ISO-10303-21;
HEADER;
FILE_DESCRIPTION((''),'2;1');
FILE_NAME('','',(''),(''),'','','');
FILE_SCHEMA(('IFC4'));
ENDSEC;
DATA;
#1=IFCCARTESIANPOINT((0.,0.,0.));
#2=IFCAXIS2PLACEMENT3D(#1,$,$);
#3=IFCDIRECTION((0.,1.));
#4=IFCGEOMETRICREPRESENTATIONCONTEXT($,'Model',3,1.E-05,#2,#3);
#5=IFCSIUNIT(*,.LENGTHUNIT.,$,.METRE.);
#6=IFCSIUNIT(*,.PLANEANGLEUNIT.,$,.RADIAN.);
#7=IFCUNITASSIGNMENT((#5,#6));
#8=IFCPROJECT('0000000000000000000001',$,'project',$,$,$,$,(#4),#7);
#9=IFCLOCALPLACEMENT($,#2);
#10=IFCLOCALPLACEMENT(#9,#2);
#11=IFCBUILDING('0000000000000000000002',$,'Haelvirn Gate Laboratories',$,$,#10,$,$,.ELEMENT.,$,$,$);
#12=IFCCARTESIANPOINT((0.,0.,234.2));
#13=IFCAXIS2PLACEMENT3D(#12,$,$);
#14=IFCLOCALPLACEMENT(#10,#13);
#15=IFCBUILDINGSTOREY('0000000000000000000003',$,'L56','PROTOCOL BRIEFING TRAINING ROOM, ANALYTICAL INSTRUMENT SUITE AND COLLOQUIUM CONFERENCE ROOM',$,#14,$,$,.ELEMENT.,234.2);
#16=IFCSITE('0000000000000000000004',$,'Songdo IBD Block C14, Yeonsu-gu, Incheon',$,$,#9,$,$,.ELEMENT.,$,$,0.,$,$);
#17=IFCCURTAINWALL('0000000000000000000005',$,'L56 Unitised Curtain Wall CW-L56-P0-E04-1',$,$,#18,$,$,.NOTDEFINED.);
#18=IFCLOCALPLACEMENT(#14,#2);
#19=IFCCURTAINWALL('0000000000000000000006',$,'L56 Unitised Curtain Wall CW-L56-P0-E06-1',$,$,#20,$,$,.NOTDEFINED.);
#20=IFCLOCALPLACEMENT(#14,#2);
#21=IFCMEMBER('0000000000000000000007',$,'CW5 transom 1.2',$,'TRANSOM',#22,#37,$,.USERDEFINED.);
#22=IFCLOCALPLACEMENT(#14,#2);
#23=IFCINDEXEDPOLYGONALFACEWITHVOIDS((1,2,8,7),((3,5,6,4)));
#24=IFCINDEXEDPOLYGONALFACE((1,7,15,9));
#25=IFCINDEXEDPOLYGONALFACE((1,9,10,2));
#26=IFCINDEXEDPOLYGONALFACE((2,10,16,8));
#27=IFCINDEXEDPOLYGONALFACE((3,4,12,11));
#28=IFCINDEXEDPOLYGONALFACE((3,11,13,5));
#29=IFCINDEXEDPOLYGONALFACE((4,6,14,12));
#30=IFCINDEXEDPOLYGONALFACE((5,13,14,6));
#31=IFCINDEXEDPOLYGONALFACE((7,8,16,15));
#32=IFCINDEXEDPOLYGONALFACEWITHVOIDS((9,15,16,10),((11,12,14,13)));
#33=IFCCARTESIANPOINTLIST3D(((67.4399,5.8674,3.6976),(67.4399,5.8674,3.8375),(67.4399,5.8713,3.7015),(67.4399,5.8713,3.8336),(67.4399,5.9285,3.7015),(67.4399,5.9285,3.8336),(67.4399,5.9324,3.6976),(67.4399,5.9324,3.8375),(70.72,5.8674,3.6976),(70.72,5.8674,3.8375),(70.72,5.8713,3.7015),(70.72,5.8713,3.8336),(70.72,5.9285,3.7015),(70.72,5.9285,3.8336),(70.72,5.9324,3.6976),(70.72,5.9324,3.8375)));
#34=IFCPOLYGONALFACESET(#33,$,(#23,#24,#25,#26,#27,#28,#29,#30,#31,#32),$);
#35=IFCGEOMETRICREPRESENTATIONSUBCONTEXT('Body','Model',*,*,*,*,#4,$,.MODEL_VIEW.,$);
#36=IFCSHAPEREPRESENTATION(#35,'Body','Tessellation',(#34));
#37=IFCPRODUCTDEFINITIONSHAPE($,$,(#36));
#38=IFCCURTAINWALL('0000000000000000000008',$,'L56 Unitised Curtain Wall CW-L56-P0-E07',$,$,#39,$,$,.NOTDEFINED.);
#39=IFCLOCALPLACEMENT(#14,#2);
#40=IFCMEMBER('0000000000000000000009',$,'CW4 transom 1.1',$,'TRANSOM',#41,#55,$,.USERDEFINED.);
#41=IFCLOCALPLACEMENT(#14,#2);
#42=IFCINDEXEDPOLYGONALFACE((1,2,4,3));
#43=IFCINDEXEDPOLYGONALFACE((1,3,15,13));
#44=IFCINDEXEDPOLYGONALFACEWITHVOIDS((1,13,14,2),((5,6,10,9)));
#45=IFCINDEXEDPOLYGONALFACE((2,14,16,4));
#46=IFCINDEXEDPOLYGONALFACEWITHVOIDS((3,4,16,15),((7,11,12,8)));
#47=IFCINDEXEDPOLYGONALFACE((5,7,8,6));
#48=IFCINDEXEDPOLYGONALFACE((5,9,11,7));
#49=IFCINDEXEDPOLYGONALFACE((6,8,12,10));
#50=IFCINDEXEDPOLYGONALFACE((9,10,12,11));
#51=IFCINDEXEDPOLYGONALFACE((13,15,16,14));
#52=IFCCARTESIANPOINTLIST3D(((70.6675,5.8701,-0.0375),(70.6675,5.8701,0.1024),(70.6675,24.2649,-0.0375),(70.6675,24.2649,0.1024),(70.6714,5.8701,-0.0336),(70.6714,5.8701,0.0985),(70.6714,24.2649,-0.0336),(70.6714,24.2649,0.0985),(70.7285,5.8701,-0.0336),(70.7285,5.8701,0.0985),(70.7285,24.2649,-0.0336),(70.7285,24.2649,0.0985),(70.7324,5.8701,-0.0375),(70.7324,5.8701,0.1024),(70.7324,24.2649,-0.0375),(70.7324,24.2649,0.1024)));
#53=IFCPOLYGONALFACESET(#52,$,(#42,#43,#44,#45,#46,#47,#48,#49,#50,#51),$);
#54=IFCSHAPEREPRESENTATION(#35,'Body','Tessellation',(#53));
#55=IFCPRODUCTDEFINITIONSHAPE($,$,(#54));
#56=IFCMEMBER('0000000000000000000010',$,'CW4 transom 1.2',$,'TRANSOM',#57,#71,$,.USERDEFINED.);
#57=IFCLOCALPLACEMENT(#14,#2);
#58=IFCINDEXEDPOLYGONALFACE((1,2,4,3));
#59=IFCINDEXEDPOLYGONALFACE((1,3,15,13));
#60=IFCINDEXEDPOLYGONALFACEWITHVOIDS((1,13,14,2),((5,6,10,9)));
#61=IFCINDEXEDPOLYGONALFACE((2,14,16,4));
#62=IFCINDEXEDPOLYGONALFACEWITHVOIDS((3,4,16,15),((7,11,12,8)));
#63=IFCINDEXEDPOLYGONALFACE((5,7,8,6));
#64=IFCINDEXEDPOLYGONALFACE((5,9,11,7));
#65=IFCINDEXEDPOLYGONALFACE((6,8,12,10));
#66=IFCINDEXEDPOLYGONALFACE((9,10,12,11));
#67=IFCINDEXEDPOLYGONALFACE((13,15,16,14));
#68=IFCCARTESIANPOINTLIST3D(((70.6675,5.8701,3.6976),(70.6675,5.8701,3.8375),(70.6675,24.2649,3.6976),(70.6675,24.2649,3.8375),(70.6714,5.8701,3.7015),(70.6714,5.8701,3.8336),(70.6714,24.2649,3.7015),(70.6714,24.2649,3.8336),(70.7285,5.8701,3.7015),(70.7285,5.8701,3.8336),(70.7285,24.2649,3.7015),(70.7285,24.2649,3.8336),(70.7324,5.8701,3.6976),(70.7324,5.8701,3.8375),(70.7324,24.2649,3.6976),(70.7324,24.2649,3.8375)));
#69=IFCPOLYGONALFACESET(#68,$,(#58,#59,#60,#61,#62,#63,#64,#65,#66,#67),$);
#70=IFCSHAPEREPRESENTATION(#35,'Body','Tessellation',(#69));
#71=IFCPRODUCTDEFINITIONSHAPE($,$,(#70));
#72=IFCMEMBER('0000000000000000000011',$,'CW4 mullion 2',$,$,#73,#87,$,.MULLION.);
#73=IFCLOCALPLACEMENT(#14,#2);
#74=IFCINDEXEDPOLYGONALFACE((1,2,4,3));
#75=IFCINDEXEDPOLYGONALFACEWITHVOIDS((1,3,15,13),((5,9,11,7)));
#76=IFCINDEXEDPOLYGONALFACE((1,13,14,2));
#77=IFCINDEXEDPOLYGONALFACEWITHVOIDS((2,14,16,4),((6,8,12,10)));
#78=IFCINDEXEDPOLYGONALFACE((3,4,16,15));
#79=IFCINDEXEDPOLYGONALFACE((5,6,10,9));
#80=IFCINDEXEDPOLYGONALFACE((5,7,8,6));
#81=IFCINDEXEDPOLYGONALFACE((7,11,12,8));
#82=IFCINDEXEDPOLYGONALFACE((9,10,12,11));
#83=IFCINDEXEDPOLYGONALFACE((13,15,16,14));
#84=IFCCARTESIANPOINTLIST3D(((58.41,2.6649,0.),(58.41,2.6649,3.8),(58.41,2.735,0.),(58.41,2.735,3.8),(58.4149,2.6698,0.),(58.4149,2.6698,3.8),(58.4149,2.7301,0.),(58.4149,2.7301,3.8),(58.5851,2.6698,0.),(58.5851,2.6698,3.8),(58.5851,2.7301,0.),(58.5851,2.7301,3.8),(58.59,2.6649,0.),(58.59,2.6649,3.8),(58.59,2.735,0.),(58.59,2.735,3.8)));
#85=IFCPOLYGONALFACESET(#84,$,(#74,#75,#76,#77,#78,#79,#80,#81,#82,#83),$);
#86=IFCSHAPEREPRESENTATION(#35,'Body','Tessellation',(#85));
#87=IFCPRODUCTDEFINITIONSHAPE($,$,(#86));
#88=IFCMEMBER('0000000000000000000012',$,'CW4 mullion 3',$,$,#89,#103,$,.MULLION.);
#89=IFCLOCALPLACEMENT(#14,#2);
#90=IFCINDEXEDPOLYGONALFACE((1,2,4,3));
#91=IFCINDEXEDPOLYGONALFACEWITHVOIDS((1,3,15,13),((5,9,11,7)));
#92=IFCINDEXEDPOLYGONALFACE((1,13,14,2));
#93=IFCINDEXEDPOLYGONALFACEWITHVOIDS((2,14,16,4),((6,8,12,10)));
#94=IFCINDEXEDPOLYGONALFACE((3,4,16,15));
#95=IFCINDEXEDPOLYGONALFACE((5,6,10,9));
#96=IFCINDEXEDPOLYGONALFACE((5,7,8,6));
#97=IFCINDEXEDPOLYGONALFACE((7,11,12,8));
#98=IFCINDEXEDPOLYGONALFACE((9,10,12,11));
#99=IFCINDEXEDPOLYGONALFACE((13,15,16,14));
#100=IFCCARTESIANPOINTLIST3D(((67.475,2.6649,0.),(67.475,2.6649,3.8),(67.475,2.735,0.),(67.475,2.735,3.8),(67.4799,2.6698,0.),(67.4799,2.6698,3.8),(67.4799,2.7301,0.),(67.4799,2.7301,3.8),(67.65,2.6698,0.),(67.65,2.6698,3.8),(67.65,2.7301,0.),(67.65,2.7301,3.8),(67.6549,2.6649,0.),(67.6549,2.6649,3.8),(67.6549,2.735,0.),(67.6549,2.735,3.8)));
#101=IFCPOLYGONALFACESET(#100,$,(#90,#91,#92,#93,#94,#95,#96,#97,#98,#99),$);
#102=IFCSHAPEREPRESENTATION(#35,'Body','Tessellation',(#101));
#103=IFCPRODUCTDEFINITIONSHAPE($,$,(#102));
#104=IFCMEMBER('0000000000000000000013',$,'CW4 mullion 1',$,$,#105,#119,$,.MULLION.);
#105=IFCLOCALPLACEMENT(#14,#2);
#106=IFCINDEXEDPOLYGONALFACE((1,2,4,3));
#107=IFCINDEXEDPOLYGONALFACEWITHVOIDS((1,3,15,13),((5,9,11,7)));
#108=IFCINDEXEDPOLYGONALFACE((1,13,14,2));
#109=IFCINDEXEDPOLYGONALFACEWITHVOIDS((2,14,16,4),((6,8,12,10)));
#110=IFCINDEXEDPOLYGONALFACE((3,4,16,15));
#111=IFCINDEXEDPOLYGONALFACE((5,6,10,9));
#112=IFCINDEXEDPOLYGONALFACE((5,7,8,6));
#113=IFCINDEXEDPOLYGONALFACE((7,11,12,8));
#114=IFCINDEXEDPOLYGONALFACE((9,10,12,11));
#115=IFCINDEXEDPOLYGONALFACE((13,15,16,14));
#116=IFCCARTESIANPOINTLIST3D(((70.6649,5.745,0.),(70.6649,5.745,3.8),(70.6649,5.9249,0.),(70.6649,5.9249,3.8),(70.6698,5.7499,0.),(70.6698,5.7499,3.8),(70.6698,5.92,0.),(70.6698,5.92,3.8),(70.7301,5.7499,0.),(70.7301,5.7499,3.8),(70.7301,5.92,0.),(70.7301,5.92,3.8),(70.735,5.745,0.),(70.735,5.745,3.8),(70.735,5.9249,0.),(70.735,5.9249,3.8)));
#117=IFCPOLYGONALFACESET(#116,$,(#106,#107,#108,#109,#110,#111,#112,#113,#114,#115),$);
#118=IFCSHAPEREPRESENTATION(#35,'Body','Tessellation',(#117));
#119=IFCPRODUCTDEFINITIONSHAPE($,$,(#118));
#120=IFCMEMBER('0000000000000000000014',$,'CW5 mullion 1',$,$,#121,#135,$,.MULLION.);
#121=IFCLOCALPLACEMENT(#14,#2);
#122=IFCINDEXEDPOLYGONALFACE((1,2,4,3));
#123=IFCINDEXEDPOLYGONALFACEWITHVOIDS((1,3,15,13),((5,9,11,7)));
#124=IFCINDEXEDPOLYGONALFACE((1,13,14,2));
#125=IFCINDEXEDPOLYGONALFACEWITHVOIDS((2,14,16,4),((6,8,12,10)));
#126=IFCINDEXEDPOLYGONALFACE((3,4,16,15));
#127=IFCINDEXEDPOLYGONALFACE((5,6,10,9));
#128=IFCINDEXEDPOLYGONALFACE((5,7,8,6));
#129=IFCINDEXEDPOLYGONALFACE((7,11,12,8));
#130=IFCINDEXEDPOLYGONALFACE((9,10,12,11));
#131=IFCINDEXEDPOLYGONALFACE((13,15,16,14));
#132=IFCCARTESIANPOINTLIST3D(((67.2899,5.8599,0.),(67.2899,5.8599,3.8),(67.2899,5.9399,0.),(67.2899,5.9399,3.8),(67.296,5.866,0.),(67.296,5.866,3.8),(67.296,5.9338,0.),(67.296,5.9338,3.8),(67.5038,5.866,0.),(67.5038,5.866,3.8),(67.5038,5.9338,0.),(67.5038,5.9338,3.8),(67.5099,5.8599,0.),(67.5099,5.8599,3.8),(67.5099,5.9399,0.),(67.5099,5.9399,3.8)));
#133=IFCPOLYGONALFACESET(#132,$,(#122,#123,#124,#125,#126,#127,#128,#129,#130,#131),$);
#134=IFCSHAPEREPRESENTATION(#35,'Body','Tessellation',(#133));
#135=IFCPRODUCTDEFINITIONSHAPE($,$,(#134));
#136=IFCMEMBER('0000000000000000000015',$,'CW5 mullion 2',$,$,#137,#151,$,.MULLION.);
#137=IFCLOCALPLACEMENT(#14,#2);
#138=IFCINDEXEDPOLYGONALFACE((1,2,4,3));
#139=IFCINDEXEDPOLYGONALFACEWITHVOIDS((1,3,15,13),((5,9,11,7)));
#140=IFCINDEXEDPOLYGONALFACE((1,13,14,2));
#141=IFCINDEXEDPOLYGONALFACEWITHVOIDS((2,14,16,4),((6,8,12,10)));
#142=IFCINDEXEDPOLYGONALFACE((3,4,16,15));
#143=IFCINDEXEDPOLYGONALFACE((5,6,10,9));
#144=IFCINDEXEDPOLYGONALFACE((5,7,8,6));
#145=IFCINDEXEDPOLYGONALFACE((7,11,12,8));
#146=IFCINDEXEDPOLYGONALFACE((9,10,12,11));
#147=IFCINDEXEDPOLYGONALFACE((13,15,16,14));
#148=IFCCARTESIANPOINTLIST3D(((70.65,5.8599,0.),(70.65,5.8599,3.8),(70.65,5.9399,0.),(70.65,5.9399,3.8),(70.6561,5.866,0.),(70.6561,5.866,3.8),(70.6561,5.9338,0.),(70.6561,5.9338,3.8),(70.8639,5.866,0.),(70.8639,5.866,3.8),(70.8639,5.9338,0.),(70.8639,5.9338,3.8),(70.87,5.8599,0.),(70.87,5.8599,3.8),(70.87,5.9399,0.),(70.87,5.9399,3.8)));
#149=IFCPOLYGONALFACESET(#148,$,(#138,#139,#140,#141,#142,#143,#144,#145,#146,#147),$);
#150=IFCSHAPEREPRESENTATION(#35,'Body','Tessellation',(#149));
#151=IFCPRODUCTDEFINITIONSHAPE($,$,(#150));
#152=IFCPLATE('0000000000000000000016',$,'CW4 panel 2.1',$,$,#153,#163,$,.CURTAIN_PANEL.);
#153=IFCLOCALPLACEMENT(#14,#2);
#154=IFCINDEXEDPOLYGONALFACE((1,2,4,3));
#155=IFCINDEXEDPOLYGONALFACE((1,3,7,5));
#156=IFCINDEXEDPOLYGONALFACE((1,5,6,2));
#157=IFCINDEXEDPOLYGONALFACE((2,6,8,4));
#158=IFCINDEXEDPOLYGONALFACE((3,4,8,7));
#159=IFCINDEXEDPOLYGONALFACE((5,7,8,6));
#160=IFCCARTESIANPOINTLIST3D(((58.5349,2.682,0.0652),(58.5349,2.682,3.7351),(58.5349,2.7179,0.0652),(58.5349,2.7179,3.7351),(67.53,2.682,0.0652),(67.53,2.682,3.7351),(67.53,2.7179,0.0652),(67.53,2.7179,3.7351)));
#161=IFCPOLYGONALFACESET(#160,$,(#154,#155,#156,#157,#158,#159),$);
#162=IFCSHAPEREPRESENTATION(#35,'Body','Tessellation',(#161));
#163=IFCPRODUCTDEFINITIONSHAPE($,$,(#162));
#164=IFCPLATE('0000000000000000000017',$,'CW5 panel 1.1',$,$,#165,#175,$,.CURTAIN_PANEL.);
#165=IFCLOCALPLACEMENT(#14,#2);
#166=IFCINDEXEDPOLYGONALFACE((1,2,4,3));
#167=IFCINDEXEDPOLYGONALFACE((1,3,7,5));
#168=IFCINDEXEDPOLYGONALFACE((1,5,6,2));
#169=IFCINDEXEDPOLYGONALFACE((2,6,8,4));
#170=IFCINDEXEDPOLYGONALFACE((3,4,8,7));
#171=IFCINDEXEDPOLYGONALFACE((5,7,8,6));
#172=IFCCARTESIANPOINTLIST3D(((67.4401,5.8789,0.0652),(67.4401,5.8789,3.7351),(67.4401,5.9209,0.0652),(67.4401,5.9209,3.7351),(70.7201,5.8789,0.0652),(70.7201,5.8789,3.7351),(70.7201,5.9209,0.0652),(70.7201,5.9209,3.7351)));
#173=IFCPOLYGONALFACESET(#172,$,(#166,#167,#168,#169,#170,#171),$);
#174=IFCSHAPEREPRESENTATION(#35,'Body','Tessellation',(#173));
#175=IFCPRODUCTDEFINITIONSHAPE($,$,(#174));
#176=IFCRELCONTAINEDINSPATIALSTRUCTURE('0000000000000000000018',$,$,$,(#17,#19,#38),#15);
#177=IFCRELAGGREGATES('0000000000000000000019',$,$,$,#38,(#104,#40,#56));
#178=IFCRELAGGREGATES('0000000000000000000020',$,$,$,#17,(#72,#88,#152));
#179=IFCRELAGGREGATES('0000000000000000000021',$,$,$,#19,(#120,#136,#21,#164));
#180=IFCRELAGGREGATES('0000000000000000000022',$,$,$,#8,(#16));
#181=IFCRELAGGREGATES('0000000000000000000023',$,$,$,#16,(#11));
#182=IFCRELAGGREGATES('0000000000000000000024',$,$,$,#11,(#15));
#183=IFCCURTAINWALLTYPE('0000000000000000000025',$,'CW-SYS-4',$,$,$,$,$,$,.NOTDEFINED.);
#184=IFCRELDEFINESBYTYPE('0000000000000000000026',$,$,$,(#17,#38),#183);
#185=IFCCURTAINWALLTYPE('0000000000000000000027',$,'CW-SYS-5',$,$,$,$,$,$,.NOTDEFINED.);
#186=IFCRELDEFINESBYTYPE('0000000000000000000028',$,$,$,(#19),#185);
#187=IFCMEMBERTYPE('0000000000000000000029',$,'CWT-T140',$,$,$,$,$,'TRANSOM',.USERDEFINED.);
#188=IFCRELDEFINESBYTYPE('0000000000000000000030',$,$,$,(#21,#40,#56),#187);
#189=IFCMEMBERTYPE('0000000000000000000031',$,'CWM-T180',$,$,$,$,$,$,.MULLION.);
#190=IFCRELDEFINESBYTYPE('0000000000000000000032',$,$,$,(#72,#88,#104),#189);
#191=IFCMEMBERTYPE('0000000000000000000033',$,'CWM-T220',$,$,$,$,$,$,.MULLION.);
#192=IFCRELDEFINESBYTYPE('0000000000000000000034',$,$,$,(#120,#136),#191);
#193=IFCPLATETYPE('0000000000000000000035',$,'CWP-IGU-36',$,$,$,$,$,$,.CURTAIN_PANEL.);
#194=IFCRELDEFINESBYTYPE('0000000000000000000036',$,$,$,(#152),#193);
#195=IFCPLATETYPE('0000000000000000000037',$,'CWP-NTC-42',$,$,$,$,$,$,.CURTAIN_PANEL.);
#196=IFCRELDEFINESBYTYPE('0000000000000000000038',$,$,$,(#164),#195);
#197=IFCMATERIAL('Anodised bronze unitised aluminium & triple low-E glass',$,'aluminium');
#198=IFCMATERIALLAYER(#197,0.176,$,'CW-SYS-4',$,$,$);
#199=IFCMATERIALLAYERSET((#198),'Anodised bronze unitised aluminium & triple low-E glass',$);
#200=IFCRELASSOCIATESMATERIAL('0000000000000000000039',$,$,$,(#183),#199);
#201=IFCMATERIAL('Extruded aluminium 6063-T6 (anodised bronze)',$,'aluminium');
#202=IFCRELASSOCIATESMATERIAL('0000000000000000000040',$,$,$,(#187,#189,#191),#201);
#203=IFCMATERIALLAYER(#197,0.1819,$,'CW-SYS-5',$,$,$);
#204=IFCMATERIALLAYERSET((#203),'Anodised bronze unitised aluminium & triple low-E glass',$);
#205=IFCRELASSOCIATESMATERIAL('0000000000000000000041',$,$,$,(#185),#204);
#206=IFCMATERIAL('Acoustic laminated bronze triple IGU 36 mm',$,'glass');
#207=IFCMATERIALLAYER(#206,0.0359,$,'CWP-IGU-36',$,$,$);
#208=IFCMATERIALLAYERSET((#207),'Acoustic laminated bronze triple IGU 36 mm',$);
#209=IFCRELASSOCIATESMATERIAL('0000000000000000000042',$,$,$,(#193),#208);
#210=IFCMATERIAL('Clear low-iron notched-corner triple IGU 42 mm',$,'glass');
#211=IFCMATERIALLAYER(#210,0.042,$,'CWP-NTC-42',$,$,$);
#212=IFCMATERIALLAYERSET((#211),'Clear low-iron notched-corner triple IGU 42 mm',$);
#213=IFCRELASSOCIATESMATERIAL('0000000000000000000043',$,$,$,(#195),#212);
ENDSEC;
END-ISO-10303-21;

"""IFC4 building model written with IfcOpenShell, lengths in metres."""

from ifc_helpers import new_model, si_unit, direction, frame, origin, origin_2d, place, context, subcontext, project, spatial, rectangle, hollow_rectangle, extrude, source, transform, mapped, material, layer, layer_set, material_profile, profile_set, type_object, type_shapes, element, aggregate, save


model = new_model("IFC4")

# Units and contexts
model_context = context("Model", 3, precision=1e-05, world=origin(), true_north=direction((0.0, 1.0)))
body_context = subcontext(model_context, "Body", "Model", "MODEL_VIEW")
ifc_project = project(units=[si_unit("LENGTHUNIT", "METRE"), si_unit("PLANEANGLEUNIT", "RADIAN")], contexts=[model_context])

# Site, building, storey
site_placement = place(None, origin())
site = spatial("IfcSite", under=ifc_project, at=site_placement, Name="Songdo IBD Block C14, Yeonsu-gu, Incheon", CompositionType="ELEMENT", RefElevation=0.0)
building_placement = place(site_placement, origin())
building = spatial("IfcBuilding", under=site, at=building_placement, Name="Haelvirn Gate Laboratories", CompositionType="ELEMENT")
storey_placement = place(building_placement, frame((0.0, 0.0, 234.2)))
storey = spatial("IfcBuildingStorey", under=building, at=storey_placement, Name="L56", Description="PROTOCOL BRIEFING TRAINING ROOM, ANALYTICAL INSTRUMENT SUITE AND COLLOQUIUM CONFERENCE ROOM", CompositionType="ELEMENT", Elevation=234.2)

# Curtain walls, members
ifc_material_1 = material(Name="Anodised bronze unitised aluminium & triple low-E glass", Category="aluminium")
ifc_layer_1 = layer(ifc_material_1, 0.176, Name="CW-SYS-4")
ifc_layer_set_1 = layer_set([ifc_layer_1], Name="Anodised bronze unitised aluminium & triple low-E glass")
curtain_wall_type_1 = type_object("IfcCurtainWallType", Name="CW-SYS-4", PredefinedType="NOTDEFINED", material=ifc_layer_set_1)
curtain_wall_1_placement = place(storey_placement, origin())
curtain_wall_1 = element("IfcCurtainWall", 1, at=curtain_wall_1_placement, inside=storey, type_object=curtain_wall_type_1, Name="L56 Unitised Curtain Wall CW-L56-P0-E04-1", PredefinedType="NOTDEFINED")
ifc_material_2 = material(Name="Extruded aluminium 6063-T6 (anodised bronze)", Category="aluminium")
ifc_material_profile_1 = material_profile(ifc_material_2, hollow_rectangle(XDim=0.0649, YDim=0.1399, WallThickness=0.0039, at=origin_2d()), Name="CWT-140x65x4")
ifc_profile_set_1 = profile_set([ifc_material_profile_1], Name="Extruded aluminium 6063-T6 (anodised bronze)")
member_type_1 = type_object("IfcMemberType", Name="CWT-T140", ElementType="TRANSOM", PredefinedType="USERDEFINED", material=ifc_profile_set_1)
ifc_layer_2 = layer(ifc_material_1, 0.1819, Name="CW-SYS-5")
ifc_layer_set_2 = layer_set([ifc_layer_2], Name="Anodised bronze unitised aluminium & triple low-E glass")
curtain_wall_type_2 = type_object("IfcCurtainWallType", Name="CW-SYS-5", PredefinedType="NOTDEFINED", material=ifc_layer_set_2)
curtain_wall_2_placement = place(storey_placement, origin())
curtain_wall_2 = element("IfcCurtainWall", 2, at=curtain_wall_2_placement, inside=storey, type_object=curtain_wall_type_2, Name="L56 Unitised Curtain Wall CW-L56-P0-E06-1", PredefinedType="NOTDEFINED")
shared_shape_1 = source(origin(), body_context, "Body", "SweptSolid", [
    extrude(hollow_rectangle(XDim=0.0649, YDim=0.1399, WallThickness=0.0039, at=origin_2d()), origin(), (0.0, 0.0, 1.0), 3.28),
])
member_1_placement = place(storey_placement, frame((67.4399, 5.8999, 3.7676), z_axis=(1.0, 0.0, 0.0), x_axis=(0.0, 1.0, 0.0)))
member_1 = element("IfcMember", 3, at=member_1_placement, type_object=member_type_1, Name="CW5 transom 1.2", ObjectType="TRANSOM", PredefinedType="USERDEFINED", context=body_context, shape_type="MappedRepresentation", body=[
    mapped(shared_shape_1, transform((0.0, 0.0, 0.0), scale=1.0)),
])
curtain_wall_3_placement = place(storey_placement, origin())
curtain_wall_3 = element("IfcCurtainWall", 4, at=curtain_wall_3_placement, inside=storey, type_object=curtain_wall_type_1, Name="L56 Unitised Curtain Wall CW-L56-P0-E07", PredefinedType="NOTDEFINED")
shared_shape_2 = source(origin(), body_context, "Body", "SweptSolid", [
    extrude(hollow_rectangle(XDim=0.0649, YDim=0.1399, WallThickness=0.0039, at=origin_2d()), origin(), (0.0, 0.0, 1.0), 18.3948),
])
member_2_placement = place(storey_placement, frame((70.7, 5.8701, 0.0325), z_axis=(0.0, 1.0, 0.0), x_axis=(-1.0, 0.0, 0.0)))
member_2 = element("IfcMember", 5, at=member_2_placement, type_object=member_type_1, Name="CW4 transom 1.1", ObjectType="TRANSOM", PredefinedType="USERDEFINED", context=body_context, shape_type="MappedRepresentation", body=[
    mapped(shared_shape_2, transform((0.0, 0.0, 0.0), scale=1.0)),
])
member_3_placement = place(storey_placement, frame((70.7, 5.8701, 3.7676), z_axis=(0.0, 1.0, 0.0), x_axis=(-1.0, 0.0, 0.0)))
member_3 = element("IfcMember", 6, at=member_3_placement, type_object=member_type_1, Name="CW4 transom 1.2", ObjectType="TRANSOM", PredefinedType="USERDEFINED", context=body_context, shape_type="MappedRepresentation", body=[
    mapped(shared_shape_2, transform((0.0, 0.0, 0.0), scale=1.0)),
])

# Members
ifc_material_profile_2 = material_profile(ifc_material_2, hollow_rectangle(XDim=0.0701, YDim=0.1799, WallThickness=0.0049, at=origin_2d()), Name="CWM-180x70x5")
ifc_profile_set_2 = profile_set([ifc_material_profile_2], Name="Extruded aluminium 6063-T6 (anodised bronze)")
member_type_2 = type_object("IfcMemberType", Name="CWM-T180", PredefinedType="MULLION", material=ifc_profile_set_2)
shared_shape_3 = source(origin(), body_context, "Body", "SweptSolid", [
    extrude(hollow_rectangle(XDim=0.0701, YDim=0.1799, WallThickness=0.0049, at=origin_2d()), origin(), (0.0, 0.0, 1.0), 3.8),
])
type_shapes(member_type_2, [shared_shape_3])
member_4_placement = place(storey_placement, frame((58.5, 2.7, 0.0), z_axis=(0.0, 0.0, 1.0), x_axis=(0.0, 1.0, 0.0)))
member_4 = element("IfcMember", 7, at=member_4_placement, type_object=member_type_2, Name="CW4 mullion 2", PredefinedType="MULLION", context=body_context, shape_type="MappedRepresentation", body=[
    mapped(shared_shape_3, transform((0.0, 0.0, 0.0), scale=1.0)),
])
member_5_placement = place(storey_placement, frame((67.5649, 2.7, 0.0), z_axis=(0.0, 0.0, 1.0), x_axis=(0.0, 1.0, 0.0)))
member_5 = element("IfcMember", 8, at=member_5_placement, type_object=member_type_2, Name="CW4 mullion 3", PredefinedType="MULLION", context=body_context, shape_type="MappedRepresentation", body=[
    mapped(shared_shape_3, transform((0.0, 0.0, 0.0), scale=1.0)),
])
member_6_placement = place(storey_placement, frame((70.7, 5.835, 0.0), z_axis=(0.0, 0.0, 1.0), x_axis=(-1.0, 0.0, 0.0)))
member_6 = element("IfcMember", 9, at=member_6_placement, type_object=member_type_2, Name="CW4 mullion 1", PredefinedType="MULLION", context=body_context, shape_type="MappedRepresentation", body=[
    mapped(shared_shape_3, transform((0.0, 0.0, 0.0), scale=1.0)),
])
aggregate(curtain_wall_3, [member_6, member_2, member_3])
ifc_material_profile_3 = material_profile(ifc_material_2, hollow_rectangle(XDim=0.0801, YDim=0.22, WallThickness=0.0061, at=origin_2d()), Name="CWM-220x80x6")
ifc_profile_set_3 = profile_set([ifc_material_profile_3], Name="Extruded aluminium 6063-T6 (anodised bronze)")
member_type_3 = type_object("IfcMemberType", Name="CWM-T220", PredefinedType="MULLION", material=ifc_profile_set_3)
shared_shape_4 = source(origin(), body_context, "Body", "SweptSolid", [
    extrude(hollow_rectangle(XDim=0.0801, YDim=0.22, WallThickness=0.0061, at=origin_2d()), origin(), (0.0, 0.0, 1.0), 3.8),
])
type_shapes(member_type_3, [shared_shape_4])
member_7_placement = place(storey_placement, frame((67.3999, 5.8999, 0.0), z_axis=(0.0, 0.0, 1.0), x_axis=(0.0, 1.0, 0.0)))
member_7 = element("IfcMember", 10, at=member_7_placement, type_object=member_type_3, Name="CW5 mullion 1", PredefinedType="MULLION", context=body_context, shape_type="MappedRepresentation", body=[
    mapped(shared_shape_4, transform((0.0, 0.0, 0.0), scale=1.0)),
])
member_8_placement = place(storey_placement, frame((70.76, 5.8999, 0.0), z_axis=(0.0, 0.0, 1.0), x_axis=(0.0, 1.0, 0.0)))
member_8 = element("IfcMember", 11, at=member_8_placement, type_object=member_type_3, Name="CW5 mullion 2", PredefinedType="MULLION", context=body_context, shape_type="MappedRepresentation", body=[
    mapped(shared_shape_4, transform((0.0, 0.0, 0.0), scale=1.0)),
])

# Plates
ifc_material_3 = material(Name="Acoustic laminated bronze triple IGU 36 mm", Category="glass")
ifc_layer_3 = layer(ifc_material_3, 0.0359, Name="CWP-IGU-36")
ifc_layer_set_3 = layer_set([ifc_layer_3], Name="Acoustic laminated bronze triple IGU 36 mm")
plate_type_1 = type_object("IfcPlateType", Name="CWP-IGU-36", PredefinedType="CURTAIN_PANEL", material=ifc_layer_set_3)
shared_shape_5 = source(origin(), body_context, "Body", "SweptSolid", [
    extrude(rectangle(XDim=8.9951, YDim=0.0359, at=origin_2d()), origin(), (0.0, 0.0, 1.0), 3.6699),
])
type_shapes(plate_type_1, [shared_shape_5])
plate_1_placement = place(storey_placement, frame((63.0325, 2.7, 0.0652), z_axis=(0.0, 0.0, 1.0), x_axis=(1.0, 0.0, 0.0)))
plate_1 = element("IfcPlate", 12, at=plate_1_placement, type_object=plate_type_1, Name="CW4 panel 2.1", PredefinedType="CURTAIN_PANEL", context=body_context, shape_type="MappedRepresentation", body=[
    mapped(shared_shape_5, transform((0.0, 0.0, 0.0), scale=1.0)),
])
aggregate(curtain_wall_1, [member_4, member_5, plate_1])
ifc_material_4 = material(Name="Clear low-iron notched-corner triple IGU 42 mm", Category="glass")
ifc_layer_4 = layer(ifc_material_4, 0.042, Name="CWP-NTC-42")
ifc_layer_set_4 = layer_set([ifc_layer_4], Name="Clear low-iron notched-corner triple IGU 42 mm")
plate_type_2 = type_object("IfcPlateType", Name="CWP-NTC-42", PredefinedType="CURTAIN_PANEL", material=ifc_layer_set_4)
shared_shape_6 = source(origin(), body_context, "Body", "SweptSolid", [
    extrude(rectangle(XDim=3.28, YDim=0.042, at=origin_2d()), origin(), (0.0, 0.0, 1.0), 3.6699),
])
type_shapes(plate_type_2, [shared_shape_6])
plate_2_placement = place(storey_placement, frame((69.0801, 5.8999, 0.0652), z_axis=(0.0, 0.0, 1.0), x_axis=(1.0, 0.0, 0.0)))
plate_2 = element("IfcPlate", 13, at=plate_2_placement, type_object=plate_type_2, Name="CW5 panel 1.1", PredefinedType="CURTAIN_PANEL", context=body_context, shape_type="MappedRepresentation", body=[
    mapped(shared_shape_6, transform((0.0, 0.0, 0.0), scale=1.0)),
])
aggregate(curtain_wall_2, [member_7, member_8, member_1, plate_2])

save(model, "model.ifc")
